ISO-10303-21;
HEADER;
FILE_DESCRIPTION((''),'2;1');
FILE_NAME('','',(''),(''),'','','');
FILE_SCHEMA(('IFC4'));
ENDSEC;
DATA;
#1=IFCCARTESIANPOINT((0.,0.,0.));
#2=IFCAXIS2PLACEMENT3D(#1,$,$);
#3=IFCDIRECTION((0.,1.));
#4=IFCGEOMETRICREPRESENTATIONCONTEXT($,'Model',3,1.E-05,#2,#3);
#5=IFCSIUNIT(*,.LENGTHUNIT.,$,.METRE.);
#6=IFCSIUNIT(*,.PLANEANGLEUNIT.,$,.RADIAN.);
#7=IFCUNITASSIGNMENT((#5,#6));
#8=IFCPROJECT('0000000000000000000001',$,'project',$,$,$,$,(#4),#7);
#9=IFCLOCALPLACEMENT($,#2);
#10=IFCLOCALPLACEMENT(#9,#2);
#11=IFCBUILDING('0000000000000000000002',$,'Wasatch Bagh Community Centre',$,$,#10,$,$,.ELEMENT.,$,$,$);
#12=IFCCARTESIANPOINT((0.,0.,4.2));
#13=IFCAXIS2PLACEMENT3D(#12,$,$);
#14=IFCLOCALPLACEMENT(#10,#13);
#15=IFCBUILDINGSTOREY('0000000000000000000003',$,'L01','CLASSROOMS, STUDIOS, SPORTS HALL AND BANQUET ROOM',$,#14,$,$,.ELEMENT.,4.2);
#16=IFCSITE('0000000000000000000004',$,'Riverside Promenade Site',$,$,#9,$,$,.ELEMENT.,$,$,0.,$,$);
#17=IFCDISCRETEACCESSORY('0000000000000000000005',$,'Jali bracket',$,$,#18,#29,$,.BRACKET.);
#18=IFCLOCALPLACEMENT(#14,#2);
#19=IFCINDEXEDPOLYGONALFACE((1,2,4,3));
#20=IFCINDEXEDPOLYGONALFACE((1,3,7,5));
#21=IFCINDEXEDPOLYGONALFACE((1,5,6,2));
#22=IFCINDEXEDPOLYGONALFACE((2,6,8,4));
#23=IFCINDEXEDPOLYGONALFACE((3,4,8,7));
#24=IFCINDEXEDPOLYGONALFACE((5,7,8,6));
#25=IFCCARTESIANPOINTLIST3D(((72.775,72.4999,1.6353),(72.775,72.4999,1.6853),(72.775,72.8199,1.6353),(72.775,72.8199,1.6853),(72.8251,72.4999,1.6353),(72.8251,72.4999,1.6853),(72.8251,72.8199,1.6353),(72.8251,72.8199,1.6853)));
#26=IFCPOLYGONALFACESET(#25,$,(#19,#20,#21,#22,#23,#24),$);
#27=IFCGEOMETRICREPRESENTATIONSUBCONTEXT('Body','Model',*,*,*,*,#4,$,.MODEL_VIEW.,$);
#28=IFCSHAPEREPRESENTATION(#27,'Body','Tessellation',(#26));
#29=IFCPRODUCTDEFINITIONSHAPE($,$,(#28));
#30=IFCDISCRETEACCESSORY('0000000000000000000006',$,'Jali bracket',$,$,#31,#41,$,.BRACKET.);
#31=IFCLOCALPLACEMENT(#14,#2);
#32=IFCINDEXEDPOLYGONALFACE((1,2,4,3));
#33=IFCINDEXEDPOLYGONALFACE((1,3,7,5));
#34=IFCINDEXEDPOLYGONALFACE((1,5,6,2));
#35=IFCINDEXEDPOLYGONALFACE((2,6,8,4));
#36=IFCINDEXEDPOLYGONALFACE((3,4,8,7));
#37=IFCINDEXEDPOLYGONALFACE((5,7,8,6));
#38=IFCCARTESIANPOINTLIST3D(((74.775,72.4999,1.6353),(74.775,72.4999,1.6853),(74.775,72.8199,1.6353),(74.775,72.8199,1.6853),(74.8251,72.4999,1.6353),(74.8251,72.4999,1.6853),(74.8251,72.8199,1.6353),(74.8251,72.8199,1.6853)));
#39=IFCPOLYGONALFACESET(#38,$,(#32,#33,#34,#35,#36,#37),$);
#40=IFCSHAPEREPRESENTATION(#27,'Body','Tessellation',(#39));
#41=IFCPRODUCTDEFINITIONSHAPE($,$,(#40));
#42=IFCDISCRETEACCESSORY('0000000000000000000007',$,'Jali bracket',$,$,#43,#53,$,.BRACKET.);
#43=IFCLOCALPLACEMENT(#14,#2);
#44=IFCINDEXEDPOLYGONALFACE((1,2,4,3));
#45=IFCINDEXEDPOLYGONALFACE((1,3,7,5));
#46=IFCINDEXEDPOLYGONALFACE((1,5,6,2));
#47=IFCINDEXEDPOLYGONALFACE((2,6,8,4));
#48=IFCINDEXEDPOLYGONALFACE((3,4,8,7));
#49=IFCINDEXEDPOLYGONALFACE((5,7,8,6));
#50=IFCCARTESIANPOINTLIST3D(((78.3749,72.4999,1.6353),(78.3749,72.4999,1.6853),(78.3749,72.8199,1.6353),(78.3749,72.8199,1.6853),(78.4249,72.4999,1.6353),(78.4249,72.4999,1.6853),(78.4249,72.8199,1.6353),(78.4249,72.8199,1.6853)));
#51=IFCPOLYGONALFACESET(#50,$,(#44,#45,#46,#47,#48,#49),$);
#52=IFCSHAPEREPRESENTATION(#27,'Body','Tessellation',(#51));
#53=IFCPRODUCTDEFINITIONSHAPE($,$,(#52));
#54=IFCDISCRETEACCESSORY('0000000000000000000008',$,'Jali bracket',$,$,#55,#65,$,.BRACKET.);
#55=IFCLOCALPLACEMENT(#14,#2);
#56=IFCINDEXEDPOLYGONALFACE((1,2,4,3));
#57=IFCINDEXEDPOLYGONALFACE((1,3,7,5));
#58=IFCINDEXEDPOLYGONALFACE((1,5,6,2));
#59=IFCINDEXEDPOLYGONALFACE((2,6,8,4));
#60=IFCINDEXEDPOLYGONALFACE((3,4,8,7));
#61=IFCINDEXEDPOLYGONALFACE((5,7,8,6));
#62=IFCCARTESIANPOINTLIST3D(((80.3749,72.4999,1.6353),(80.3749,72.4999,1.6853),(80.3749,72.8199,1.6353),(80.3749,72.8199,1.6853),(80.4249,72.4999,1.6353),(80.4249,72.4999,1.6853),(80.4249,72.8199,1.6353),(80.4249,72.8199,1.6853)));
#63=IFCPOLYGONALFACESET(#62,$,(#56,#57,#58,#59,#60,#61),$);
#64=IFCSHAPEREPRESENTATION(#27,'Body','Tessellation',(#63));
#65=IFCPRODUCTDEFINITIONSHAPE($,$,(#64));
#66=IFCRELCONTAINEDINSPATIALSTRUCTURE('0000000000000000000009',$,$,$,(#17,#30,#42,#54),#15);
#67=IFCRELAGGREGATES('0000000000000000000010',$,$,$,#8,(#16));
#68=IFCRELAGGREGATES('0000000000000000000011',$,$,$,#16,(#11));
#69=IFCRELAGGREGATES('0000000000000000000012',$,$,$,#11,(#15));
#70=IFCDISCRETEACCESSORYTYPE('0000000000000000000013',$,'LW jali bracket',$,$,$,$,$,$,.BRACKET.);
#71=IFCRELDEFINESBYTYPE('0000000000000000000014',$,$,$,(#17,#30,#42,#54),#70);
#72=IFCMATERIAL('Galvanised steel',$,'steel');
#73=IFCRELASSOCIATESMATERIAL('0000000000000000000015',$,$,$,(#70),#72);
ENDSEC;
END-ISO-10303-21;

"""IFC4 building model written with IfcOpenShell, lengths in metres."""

from ifc_helpers import new_model, si_unit, direction, frame, origin, origin_2d, place, context, subcontext, project, spatial, rectangle, extrude, material, type_object, element, save


model = new_model("IFC4")

# Units and contexts
model_context = context("Model", 3, precision=1e-05, world=origin(), true_north=direction((0.0, 1.0)))
body_context = subcontext(model_context, "Body", "Model", "MODEL_VIEW")
ifc_project = project(units=[si_unit("LENGTHUNIT", "METRE"), si_unit("PLANEANGLEUNIT", "RADIAN")], contexts=[model_context])

# Site, building, storey
site_placement = place(None, origin())
site = spatial("IfcSite", under=ifc_project, at=site_placement, Name="Riverside Promenade Site", CompositionType="ELEMENT", RefElevation=0.0)
building_placement = place(site_placement, origin())
building = spatial("IfcBuilding", under=site, at=building_placement, Name="Wasatch Bagh Community Centre", CompositionType="ELEMENT")
storey_placement = place(building_placement, frame((0.0, 0.0, 4.2)))
storey = spatial("IfcBuildingStorey", under=building, at=storey_placement, Name="L01", Description="CLASSROOMS, STUDIOS, SPORTS HALL AND BANQUET ROOM", CompositionType="ELEMENT", Elevation=4.2)

# Discrete accessories
ifc_material_1 = material(Name="Galvanised steel", Category="steel")
discrete_accessory_type = type_object("IfcDiscreteAccessoryType", Name="LW jali bracket", PredefinedType="BRACKET", material=ifc_material_1)
for number, where, z_axis, x_axis, name in (
    (1, (72.8, 72.6599, 1.6353), (0.0, 0.0, 1.0), (1.0, 0.0, 0.0), "Jali bracket"),
    (2, (74.8, 72.6599, 1.6353), (0.0, 0.0, 1.0), (1.0, 0.0, 0.0), "Jali bracket"),
    (3, (78.3999, 72.6599, 1.6353), (0.0, 0.0, 1.0), (1.0, 0.0, 0.0), "Jali bracket"),
    (4, (80.3999, 72.6599, 1.6353), (0.0, 0.0, 1.0), (1.0, 0.0, 0.0), "Jali bracket"),
):
    element("IfcDiscreteAccessory", number, at=place(storey_placement, frame(where, z_axis=z_axis, x_axis=x_axis)), inside=storey, type_object=discrete_accessory_type, Name=name, PredefinedType="BRACKET", context=body_context, shape_type="SweptSolid", body=[
        extrude(rectangle(XDim=0.05, YDim=0.3201, at=origin_2d()), origin(), (0.0, 0.0, 1.0), 0.05),
    ])

save(model, "model.ifc")
